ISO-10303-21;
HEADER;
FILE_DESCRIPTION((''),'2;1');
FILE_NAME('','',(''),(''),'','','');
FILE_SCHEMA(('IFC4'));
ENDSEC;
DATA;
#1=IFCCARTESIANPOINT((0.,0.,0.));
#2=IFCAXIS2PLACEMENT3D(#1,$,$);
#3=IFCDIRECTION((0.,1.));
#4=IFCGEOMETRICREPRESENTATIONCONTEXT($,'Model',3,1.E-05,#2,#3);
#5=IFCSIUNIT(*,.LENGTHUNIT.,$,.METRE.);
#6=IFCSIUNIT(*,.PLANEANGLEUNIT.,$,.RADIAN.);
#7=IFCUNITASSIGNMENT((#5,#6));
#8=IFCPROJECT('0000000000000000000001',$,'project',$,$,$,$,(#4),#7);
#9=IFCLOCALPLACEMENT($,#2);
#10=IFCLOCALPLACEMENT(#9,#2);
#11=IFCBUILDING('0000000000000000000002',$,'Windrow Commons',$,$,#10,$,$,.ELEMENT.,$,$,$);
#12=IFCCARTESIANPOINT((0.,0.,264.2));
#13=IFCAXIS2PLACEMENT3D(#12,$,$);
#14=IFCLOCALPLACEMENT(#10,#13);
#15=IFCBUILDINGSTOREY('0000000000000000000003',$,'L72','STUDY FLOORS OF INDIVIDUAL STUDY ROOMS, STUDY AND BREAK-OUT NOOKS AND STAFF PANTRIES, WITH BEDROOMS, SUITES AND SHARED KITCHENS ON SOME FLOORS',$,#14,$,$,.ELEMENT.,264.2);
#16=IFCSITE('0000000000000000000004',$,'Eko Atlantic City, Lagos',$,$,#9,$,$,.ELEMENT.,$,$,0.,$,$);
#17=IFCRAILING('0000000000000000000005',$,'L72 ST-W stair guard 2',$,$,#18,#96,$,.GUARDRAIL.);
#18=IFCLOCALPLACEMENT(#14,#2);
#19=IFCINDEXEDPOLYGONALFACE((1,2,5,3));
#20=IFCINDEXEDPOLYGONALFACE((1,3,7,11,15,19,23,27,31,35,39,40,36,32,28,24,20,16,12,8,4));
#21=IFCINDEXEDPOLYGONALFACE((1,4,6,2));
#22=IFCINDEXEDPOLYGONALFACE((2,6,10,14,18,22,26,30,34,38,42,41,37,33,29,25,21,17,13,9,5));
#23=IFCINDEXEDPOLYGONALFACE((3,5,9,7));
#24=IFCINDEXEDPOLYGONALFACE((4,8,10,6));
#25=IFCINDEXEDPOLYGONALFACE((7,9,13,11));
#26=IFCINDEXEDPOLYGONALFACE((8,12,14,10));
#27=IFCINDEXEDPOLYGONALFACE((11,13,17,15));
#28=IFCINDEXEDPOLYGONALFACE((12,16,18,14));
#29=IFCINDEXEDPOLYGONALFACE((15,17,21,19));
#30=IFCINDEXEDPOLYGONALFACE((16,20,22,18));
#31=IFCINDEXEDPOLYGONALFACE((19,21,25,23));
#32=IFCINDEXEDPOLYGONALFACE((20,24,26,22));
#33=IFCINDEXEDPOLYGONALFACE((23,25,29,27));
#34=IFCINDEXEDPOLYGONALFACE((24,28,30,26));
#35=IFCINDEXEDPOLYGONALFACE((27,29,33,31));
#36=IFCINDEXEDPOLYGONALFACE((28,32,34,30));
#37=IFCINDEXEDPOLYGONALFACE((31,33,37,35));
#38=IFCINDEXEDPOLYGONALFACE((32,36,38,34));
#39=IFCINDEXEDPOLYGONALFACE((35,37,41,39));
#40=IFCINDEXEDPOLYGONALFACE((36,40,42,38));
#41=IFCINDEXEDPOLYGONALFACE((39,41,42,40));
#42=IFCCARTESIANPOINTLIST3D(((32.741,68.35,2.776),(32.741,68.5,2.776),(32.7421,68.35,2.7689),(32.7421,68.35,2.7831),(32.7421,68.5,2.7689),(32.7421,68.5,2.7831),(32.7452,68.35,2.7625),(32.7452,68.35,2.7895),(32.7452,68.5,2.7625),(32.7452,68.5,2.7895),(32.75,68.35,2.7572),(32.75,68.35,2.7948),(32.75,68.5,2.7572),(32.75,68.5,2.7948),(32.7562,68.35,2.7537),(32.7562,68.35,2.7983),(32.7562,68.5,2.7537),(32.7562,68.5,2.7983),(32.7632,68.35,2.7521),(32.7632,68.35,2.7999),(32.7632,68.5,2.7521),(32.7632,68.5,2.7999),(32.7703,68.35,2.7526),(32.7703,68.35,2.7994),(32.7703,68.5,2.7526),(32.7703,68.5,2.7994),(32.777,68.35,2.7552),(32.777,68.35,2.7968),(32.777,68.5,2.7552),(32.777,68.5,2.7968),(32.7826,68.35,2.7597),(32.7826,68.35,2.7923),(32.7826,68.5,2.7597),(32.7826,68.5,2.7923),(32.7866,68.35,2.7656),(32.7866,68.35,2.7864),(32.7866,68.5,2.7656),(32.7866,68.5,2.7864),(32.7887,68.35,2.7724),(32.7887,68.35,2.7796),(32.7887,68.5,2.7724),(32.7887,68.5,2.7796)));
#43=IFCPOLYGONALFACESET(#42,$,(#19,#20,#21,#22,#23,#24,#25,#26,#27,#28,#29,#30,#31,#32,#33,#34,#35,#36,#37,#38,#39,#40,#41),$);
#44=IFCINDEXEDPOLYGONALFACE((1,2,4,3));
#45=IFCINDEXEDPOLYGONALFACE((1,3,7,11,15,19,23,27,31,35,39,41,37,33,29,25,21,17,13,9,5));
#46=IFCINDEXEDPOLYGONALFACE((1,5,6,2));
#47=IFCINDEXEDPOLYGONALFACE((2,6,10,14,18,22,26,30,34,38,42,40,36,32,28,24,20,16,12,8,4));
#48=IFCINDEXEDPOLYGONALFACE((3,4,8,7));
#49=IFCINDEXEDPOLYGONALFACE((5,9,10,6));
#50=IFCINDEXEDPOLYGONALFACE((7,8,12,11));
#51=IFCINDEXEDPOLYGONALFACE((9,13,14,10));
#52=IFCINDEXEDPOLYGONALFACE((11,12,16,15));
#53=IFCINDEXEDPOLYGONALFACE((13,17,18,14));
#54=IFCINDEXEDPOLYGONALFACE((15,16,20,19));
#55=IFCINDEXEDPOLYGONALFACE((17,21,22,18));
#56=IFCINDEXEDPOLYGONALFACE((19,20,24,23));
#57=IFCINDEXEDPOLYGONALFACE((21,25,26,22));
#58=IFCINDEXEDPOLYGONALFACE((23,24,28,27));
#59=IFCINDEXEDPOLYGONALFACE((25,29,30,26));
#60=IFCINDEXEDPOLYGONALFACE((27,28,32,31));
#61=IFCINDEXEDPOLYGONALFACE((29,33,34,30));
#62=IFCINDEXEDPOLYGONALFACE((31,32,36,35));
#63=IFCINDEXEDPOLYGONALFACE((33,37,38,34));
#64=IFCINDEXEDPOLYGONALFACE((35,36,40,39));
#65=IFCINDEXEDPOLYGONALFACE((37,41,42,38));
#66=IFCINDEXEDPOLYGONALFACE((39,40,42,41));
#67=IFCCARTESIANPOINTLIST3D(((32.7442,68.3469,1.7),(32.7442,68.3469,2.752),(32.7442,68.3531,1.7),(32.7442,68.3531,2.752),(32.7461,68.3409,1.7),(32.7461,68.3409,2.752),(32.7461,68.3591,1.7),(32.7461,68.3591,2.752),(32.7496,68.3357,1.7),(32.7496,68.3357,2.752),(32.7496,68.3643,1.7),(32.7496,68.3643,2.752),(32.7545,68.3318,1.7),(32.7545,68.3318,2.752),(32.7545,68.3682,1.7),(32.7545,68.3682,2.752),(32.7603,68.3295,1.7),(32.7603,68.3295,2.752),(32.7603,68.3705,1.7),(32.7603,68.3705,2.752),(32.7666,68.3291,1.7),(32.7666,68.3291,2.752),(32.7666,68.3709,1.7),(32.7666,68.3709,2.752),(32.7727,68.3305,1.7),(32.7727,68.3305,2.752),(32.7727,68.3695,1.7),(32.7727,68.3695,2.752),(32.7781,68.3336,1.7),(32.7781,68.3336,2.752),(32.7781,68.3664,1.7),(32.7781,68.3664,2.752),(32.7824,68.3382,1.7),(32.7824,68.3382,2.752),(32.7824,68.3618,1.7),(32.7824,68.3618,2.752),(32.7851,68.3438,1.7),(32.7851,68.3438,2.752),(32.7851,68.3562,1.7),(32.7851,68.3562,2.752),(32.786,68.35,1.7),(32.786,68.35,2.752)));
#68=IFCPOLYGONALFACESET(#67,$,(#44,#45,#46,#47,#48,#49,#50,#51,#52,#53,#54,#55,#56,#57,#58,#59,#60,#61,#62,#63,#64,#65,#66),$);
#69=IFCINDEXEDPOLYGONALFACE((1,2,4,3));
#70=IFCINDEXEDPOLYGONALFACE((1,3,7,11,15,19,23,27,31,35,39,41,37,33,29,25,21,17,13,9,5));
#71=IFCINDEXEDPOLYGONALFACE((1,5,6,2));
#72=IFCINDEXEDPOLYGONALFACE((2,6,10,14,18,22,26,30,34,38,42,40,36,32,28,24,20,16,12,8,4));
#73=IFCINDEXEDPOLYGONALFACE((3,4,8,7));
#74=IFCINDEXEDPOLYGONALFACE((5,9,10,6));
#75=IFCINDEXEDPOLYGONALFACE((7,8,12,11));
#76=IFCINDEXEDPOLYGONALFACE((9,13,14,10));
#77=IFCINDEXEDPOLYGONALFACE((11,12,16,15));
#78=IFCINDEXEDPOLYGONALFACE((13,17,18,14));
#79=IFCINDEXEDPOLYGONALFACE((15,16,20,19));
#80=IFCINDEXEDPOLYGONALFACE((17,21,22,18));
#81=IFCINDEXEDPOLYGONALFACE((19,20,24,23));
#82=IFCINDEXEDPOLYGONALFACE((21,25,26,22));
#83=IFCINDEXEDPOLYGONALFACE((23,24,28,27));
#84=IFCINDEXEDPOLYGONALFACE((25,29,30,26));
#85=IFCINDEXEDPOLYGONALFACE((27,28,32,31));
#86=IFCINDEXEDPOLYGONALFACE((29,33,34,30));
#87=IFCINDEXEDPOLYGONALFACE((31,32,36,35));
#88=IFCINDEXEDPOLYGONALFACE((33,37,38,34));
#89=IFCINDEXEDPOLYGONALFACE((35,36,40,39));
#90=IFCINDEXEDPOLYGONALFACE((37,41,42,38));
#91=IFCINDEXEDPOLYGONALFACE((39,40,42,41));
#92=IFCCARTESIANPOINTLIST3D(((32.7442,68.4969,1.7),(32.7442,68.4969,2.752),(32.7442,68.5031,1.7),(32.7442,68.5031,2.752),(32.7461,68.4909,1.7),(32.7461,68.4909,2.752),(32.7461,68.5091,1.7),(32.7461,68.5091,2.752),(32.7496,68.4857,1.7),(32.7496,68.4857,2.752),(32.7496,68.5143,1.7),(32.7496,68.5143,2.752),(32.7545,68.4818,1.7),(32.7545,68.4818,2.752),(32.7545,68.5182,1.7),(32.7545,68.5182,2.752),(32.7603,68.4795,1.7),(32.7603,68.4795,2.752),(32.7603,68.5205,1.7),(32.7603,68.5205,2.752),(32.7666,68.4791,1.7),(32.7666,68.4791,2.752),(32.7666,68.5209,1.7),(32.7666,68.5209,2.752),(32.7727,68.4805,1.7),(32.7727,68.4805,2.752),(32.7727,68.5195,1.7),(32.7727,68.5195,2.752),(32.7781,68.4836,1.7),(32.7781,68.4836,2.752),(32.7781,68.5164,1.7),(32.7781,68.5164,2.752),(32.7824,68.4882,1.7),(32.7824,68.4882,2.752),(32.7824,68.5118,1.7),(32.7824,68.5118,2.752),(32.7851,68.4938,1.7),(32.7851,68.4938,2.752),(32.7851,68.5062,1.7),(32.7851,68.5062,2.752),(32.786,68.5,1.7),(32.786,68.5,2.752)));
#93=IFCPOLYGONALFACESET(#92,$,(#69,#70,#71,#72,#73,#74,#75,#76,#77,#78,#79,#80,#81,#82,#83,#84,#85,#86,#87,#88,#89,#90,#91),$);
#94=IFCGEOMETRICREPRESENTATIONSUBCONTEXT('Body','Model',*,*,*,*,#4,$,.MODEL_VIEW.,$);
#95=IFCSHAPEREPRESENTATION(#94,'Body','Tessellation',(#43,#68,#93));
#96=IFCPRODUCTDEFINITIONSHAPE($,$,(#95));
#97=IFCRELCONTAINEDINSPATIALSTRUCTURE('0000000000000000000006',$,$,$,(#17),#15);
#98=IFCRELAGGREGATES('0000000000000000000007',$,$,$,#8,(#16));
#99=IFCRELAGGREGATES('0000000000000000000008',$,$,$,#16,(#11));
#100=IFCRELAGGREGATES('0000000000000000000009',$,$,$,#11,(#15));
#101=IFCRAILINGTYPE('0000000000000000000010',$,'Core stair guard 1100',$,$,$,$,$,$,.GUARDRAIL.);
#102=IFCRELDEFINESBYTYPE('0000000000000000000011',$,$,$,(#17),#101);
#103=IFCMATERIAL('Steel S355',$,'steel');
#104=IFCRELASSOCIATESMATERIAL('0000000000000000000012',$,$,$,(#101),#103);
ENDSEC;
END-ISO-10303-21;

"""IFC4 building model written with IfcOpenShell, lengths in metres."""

from ifc_helpers import new_model, si_unit, direction, frame, origin, origin_2d, place, context, subcontext, project, spatial, circle, extrude, material, type_object, element, save


model = new_model("IFC4")

# Units and contexts
model_context = context("Model", 3, precision=1e-05, world=origin(), true_north=direction((0.0, 1.0)))
body_context = subcontext(model_context, "Body", "Model", "MODEL_VIEW")
ifc_project = project(units=[si_unit("LENGTHUNIT", "METRE"), si_unit("PLANEANGLEUNIT", "RADIAN")], contexts=[model_context])

# Site, building, storey
site_placement = place(None, origin())
site = spatial("IfcSite", under=ifc_project, at=site_placement, Name="Eko Atlantic City, Lagos", CompositionType="ELEMENT", RefElevation=0.0)
building_placement = place(site_placement, origin())
building = spatial("IfcBuilding", under=site, at=building_placement, Name="Windrow Commons", CompositionType="ELEMENT")
storey_placement = place(building_placement, frame((0.0, 0.0, 264.2)))
storey = spatial("IfcBuildingStorey", under=building, at=storey_placement, Name="L72", Description="STUDY FLOORS OF INDIVIDUAL STUDY ROOMS, STUDY AND BREAK-OUT NOOKS AND STAFF PANTRIES, WITH BEDROOMS, SUITES AND SHARED KITCHENS ON SOME FLOORS", CompositionType="ELEMENT", Elevation=264.2)

# Railing
ifc_material_1 = material(Name="Steel S355", Category="steel")
railing_type_1 = type_object("IfcRailingType", Name="Core stair guard 1100", PredefinedType="GUARDRAIL", material=ifc_material_1)
railing_1_placement = place(storey_placement, frame((32.765, 68.35, 1.7)))
element("IfcRailing", 1, at=railing_1_placement, inside=storey, type_object=railing_type_1, Name="L72 ST-W stair guard 2", PredefinedType="GUARDRAIL", context=body_context, shape_type="SweptSolid", body=[
    extrude(circle(Radius=0.024, at=origin_2d()), frame((0.0, 0.0, 1.076), z_axis=(0.0, 1.0, 0.0), x_axis=(-1.0, 0.0, 0.0)), (0.0, 0.0, 1.0), 0.15),
    extrude(circle(Radius=0.021, at=origin_2d()), origin(), (0.0, 0.0, 1.0), 1.052),
    extrude(circle(Radius=0.021, at=origin_2d()), frame((0.0, 0.15, 0.0)), (0.0, 0.0, 1.0), 1.052),
])

save(model, "model.ifc")
